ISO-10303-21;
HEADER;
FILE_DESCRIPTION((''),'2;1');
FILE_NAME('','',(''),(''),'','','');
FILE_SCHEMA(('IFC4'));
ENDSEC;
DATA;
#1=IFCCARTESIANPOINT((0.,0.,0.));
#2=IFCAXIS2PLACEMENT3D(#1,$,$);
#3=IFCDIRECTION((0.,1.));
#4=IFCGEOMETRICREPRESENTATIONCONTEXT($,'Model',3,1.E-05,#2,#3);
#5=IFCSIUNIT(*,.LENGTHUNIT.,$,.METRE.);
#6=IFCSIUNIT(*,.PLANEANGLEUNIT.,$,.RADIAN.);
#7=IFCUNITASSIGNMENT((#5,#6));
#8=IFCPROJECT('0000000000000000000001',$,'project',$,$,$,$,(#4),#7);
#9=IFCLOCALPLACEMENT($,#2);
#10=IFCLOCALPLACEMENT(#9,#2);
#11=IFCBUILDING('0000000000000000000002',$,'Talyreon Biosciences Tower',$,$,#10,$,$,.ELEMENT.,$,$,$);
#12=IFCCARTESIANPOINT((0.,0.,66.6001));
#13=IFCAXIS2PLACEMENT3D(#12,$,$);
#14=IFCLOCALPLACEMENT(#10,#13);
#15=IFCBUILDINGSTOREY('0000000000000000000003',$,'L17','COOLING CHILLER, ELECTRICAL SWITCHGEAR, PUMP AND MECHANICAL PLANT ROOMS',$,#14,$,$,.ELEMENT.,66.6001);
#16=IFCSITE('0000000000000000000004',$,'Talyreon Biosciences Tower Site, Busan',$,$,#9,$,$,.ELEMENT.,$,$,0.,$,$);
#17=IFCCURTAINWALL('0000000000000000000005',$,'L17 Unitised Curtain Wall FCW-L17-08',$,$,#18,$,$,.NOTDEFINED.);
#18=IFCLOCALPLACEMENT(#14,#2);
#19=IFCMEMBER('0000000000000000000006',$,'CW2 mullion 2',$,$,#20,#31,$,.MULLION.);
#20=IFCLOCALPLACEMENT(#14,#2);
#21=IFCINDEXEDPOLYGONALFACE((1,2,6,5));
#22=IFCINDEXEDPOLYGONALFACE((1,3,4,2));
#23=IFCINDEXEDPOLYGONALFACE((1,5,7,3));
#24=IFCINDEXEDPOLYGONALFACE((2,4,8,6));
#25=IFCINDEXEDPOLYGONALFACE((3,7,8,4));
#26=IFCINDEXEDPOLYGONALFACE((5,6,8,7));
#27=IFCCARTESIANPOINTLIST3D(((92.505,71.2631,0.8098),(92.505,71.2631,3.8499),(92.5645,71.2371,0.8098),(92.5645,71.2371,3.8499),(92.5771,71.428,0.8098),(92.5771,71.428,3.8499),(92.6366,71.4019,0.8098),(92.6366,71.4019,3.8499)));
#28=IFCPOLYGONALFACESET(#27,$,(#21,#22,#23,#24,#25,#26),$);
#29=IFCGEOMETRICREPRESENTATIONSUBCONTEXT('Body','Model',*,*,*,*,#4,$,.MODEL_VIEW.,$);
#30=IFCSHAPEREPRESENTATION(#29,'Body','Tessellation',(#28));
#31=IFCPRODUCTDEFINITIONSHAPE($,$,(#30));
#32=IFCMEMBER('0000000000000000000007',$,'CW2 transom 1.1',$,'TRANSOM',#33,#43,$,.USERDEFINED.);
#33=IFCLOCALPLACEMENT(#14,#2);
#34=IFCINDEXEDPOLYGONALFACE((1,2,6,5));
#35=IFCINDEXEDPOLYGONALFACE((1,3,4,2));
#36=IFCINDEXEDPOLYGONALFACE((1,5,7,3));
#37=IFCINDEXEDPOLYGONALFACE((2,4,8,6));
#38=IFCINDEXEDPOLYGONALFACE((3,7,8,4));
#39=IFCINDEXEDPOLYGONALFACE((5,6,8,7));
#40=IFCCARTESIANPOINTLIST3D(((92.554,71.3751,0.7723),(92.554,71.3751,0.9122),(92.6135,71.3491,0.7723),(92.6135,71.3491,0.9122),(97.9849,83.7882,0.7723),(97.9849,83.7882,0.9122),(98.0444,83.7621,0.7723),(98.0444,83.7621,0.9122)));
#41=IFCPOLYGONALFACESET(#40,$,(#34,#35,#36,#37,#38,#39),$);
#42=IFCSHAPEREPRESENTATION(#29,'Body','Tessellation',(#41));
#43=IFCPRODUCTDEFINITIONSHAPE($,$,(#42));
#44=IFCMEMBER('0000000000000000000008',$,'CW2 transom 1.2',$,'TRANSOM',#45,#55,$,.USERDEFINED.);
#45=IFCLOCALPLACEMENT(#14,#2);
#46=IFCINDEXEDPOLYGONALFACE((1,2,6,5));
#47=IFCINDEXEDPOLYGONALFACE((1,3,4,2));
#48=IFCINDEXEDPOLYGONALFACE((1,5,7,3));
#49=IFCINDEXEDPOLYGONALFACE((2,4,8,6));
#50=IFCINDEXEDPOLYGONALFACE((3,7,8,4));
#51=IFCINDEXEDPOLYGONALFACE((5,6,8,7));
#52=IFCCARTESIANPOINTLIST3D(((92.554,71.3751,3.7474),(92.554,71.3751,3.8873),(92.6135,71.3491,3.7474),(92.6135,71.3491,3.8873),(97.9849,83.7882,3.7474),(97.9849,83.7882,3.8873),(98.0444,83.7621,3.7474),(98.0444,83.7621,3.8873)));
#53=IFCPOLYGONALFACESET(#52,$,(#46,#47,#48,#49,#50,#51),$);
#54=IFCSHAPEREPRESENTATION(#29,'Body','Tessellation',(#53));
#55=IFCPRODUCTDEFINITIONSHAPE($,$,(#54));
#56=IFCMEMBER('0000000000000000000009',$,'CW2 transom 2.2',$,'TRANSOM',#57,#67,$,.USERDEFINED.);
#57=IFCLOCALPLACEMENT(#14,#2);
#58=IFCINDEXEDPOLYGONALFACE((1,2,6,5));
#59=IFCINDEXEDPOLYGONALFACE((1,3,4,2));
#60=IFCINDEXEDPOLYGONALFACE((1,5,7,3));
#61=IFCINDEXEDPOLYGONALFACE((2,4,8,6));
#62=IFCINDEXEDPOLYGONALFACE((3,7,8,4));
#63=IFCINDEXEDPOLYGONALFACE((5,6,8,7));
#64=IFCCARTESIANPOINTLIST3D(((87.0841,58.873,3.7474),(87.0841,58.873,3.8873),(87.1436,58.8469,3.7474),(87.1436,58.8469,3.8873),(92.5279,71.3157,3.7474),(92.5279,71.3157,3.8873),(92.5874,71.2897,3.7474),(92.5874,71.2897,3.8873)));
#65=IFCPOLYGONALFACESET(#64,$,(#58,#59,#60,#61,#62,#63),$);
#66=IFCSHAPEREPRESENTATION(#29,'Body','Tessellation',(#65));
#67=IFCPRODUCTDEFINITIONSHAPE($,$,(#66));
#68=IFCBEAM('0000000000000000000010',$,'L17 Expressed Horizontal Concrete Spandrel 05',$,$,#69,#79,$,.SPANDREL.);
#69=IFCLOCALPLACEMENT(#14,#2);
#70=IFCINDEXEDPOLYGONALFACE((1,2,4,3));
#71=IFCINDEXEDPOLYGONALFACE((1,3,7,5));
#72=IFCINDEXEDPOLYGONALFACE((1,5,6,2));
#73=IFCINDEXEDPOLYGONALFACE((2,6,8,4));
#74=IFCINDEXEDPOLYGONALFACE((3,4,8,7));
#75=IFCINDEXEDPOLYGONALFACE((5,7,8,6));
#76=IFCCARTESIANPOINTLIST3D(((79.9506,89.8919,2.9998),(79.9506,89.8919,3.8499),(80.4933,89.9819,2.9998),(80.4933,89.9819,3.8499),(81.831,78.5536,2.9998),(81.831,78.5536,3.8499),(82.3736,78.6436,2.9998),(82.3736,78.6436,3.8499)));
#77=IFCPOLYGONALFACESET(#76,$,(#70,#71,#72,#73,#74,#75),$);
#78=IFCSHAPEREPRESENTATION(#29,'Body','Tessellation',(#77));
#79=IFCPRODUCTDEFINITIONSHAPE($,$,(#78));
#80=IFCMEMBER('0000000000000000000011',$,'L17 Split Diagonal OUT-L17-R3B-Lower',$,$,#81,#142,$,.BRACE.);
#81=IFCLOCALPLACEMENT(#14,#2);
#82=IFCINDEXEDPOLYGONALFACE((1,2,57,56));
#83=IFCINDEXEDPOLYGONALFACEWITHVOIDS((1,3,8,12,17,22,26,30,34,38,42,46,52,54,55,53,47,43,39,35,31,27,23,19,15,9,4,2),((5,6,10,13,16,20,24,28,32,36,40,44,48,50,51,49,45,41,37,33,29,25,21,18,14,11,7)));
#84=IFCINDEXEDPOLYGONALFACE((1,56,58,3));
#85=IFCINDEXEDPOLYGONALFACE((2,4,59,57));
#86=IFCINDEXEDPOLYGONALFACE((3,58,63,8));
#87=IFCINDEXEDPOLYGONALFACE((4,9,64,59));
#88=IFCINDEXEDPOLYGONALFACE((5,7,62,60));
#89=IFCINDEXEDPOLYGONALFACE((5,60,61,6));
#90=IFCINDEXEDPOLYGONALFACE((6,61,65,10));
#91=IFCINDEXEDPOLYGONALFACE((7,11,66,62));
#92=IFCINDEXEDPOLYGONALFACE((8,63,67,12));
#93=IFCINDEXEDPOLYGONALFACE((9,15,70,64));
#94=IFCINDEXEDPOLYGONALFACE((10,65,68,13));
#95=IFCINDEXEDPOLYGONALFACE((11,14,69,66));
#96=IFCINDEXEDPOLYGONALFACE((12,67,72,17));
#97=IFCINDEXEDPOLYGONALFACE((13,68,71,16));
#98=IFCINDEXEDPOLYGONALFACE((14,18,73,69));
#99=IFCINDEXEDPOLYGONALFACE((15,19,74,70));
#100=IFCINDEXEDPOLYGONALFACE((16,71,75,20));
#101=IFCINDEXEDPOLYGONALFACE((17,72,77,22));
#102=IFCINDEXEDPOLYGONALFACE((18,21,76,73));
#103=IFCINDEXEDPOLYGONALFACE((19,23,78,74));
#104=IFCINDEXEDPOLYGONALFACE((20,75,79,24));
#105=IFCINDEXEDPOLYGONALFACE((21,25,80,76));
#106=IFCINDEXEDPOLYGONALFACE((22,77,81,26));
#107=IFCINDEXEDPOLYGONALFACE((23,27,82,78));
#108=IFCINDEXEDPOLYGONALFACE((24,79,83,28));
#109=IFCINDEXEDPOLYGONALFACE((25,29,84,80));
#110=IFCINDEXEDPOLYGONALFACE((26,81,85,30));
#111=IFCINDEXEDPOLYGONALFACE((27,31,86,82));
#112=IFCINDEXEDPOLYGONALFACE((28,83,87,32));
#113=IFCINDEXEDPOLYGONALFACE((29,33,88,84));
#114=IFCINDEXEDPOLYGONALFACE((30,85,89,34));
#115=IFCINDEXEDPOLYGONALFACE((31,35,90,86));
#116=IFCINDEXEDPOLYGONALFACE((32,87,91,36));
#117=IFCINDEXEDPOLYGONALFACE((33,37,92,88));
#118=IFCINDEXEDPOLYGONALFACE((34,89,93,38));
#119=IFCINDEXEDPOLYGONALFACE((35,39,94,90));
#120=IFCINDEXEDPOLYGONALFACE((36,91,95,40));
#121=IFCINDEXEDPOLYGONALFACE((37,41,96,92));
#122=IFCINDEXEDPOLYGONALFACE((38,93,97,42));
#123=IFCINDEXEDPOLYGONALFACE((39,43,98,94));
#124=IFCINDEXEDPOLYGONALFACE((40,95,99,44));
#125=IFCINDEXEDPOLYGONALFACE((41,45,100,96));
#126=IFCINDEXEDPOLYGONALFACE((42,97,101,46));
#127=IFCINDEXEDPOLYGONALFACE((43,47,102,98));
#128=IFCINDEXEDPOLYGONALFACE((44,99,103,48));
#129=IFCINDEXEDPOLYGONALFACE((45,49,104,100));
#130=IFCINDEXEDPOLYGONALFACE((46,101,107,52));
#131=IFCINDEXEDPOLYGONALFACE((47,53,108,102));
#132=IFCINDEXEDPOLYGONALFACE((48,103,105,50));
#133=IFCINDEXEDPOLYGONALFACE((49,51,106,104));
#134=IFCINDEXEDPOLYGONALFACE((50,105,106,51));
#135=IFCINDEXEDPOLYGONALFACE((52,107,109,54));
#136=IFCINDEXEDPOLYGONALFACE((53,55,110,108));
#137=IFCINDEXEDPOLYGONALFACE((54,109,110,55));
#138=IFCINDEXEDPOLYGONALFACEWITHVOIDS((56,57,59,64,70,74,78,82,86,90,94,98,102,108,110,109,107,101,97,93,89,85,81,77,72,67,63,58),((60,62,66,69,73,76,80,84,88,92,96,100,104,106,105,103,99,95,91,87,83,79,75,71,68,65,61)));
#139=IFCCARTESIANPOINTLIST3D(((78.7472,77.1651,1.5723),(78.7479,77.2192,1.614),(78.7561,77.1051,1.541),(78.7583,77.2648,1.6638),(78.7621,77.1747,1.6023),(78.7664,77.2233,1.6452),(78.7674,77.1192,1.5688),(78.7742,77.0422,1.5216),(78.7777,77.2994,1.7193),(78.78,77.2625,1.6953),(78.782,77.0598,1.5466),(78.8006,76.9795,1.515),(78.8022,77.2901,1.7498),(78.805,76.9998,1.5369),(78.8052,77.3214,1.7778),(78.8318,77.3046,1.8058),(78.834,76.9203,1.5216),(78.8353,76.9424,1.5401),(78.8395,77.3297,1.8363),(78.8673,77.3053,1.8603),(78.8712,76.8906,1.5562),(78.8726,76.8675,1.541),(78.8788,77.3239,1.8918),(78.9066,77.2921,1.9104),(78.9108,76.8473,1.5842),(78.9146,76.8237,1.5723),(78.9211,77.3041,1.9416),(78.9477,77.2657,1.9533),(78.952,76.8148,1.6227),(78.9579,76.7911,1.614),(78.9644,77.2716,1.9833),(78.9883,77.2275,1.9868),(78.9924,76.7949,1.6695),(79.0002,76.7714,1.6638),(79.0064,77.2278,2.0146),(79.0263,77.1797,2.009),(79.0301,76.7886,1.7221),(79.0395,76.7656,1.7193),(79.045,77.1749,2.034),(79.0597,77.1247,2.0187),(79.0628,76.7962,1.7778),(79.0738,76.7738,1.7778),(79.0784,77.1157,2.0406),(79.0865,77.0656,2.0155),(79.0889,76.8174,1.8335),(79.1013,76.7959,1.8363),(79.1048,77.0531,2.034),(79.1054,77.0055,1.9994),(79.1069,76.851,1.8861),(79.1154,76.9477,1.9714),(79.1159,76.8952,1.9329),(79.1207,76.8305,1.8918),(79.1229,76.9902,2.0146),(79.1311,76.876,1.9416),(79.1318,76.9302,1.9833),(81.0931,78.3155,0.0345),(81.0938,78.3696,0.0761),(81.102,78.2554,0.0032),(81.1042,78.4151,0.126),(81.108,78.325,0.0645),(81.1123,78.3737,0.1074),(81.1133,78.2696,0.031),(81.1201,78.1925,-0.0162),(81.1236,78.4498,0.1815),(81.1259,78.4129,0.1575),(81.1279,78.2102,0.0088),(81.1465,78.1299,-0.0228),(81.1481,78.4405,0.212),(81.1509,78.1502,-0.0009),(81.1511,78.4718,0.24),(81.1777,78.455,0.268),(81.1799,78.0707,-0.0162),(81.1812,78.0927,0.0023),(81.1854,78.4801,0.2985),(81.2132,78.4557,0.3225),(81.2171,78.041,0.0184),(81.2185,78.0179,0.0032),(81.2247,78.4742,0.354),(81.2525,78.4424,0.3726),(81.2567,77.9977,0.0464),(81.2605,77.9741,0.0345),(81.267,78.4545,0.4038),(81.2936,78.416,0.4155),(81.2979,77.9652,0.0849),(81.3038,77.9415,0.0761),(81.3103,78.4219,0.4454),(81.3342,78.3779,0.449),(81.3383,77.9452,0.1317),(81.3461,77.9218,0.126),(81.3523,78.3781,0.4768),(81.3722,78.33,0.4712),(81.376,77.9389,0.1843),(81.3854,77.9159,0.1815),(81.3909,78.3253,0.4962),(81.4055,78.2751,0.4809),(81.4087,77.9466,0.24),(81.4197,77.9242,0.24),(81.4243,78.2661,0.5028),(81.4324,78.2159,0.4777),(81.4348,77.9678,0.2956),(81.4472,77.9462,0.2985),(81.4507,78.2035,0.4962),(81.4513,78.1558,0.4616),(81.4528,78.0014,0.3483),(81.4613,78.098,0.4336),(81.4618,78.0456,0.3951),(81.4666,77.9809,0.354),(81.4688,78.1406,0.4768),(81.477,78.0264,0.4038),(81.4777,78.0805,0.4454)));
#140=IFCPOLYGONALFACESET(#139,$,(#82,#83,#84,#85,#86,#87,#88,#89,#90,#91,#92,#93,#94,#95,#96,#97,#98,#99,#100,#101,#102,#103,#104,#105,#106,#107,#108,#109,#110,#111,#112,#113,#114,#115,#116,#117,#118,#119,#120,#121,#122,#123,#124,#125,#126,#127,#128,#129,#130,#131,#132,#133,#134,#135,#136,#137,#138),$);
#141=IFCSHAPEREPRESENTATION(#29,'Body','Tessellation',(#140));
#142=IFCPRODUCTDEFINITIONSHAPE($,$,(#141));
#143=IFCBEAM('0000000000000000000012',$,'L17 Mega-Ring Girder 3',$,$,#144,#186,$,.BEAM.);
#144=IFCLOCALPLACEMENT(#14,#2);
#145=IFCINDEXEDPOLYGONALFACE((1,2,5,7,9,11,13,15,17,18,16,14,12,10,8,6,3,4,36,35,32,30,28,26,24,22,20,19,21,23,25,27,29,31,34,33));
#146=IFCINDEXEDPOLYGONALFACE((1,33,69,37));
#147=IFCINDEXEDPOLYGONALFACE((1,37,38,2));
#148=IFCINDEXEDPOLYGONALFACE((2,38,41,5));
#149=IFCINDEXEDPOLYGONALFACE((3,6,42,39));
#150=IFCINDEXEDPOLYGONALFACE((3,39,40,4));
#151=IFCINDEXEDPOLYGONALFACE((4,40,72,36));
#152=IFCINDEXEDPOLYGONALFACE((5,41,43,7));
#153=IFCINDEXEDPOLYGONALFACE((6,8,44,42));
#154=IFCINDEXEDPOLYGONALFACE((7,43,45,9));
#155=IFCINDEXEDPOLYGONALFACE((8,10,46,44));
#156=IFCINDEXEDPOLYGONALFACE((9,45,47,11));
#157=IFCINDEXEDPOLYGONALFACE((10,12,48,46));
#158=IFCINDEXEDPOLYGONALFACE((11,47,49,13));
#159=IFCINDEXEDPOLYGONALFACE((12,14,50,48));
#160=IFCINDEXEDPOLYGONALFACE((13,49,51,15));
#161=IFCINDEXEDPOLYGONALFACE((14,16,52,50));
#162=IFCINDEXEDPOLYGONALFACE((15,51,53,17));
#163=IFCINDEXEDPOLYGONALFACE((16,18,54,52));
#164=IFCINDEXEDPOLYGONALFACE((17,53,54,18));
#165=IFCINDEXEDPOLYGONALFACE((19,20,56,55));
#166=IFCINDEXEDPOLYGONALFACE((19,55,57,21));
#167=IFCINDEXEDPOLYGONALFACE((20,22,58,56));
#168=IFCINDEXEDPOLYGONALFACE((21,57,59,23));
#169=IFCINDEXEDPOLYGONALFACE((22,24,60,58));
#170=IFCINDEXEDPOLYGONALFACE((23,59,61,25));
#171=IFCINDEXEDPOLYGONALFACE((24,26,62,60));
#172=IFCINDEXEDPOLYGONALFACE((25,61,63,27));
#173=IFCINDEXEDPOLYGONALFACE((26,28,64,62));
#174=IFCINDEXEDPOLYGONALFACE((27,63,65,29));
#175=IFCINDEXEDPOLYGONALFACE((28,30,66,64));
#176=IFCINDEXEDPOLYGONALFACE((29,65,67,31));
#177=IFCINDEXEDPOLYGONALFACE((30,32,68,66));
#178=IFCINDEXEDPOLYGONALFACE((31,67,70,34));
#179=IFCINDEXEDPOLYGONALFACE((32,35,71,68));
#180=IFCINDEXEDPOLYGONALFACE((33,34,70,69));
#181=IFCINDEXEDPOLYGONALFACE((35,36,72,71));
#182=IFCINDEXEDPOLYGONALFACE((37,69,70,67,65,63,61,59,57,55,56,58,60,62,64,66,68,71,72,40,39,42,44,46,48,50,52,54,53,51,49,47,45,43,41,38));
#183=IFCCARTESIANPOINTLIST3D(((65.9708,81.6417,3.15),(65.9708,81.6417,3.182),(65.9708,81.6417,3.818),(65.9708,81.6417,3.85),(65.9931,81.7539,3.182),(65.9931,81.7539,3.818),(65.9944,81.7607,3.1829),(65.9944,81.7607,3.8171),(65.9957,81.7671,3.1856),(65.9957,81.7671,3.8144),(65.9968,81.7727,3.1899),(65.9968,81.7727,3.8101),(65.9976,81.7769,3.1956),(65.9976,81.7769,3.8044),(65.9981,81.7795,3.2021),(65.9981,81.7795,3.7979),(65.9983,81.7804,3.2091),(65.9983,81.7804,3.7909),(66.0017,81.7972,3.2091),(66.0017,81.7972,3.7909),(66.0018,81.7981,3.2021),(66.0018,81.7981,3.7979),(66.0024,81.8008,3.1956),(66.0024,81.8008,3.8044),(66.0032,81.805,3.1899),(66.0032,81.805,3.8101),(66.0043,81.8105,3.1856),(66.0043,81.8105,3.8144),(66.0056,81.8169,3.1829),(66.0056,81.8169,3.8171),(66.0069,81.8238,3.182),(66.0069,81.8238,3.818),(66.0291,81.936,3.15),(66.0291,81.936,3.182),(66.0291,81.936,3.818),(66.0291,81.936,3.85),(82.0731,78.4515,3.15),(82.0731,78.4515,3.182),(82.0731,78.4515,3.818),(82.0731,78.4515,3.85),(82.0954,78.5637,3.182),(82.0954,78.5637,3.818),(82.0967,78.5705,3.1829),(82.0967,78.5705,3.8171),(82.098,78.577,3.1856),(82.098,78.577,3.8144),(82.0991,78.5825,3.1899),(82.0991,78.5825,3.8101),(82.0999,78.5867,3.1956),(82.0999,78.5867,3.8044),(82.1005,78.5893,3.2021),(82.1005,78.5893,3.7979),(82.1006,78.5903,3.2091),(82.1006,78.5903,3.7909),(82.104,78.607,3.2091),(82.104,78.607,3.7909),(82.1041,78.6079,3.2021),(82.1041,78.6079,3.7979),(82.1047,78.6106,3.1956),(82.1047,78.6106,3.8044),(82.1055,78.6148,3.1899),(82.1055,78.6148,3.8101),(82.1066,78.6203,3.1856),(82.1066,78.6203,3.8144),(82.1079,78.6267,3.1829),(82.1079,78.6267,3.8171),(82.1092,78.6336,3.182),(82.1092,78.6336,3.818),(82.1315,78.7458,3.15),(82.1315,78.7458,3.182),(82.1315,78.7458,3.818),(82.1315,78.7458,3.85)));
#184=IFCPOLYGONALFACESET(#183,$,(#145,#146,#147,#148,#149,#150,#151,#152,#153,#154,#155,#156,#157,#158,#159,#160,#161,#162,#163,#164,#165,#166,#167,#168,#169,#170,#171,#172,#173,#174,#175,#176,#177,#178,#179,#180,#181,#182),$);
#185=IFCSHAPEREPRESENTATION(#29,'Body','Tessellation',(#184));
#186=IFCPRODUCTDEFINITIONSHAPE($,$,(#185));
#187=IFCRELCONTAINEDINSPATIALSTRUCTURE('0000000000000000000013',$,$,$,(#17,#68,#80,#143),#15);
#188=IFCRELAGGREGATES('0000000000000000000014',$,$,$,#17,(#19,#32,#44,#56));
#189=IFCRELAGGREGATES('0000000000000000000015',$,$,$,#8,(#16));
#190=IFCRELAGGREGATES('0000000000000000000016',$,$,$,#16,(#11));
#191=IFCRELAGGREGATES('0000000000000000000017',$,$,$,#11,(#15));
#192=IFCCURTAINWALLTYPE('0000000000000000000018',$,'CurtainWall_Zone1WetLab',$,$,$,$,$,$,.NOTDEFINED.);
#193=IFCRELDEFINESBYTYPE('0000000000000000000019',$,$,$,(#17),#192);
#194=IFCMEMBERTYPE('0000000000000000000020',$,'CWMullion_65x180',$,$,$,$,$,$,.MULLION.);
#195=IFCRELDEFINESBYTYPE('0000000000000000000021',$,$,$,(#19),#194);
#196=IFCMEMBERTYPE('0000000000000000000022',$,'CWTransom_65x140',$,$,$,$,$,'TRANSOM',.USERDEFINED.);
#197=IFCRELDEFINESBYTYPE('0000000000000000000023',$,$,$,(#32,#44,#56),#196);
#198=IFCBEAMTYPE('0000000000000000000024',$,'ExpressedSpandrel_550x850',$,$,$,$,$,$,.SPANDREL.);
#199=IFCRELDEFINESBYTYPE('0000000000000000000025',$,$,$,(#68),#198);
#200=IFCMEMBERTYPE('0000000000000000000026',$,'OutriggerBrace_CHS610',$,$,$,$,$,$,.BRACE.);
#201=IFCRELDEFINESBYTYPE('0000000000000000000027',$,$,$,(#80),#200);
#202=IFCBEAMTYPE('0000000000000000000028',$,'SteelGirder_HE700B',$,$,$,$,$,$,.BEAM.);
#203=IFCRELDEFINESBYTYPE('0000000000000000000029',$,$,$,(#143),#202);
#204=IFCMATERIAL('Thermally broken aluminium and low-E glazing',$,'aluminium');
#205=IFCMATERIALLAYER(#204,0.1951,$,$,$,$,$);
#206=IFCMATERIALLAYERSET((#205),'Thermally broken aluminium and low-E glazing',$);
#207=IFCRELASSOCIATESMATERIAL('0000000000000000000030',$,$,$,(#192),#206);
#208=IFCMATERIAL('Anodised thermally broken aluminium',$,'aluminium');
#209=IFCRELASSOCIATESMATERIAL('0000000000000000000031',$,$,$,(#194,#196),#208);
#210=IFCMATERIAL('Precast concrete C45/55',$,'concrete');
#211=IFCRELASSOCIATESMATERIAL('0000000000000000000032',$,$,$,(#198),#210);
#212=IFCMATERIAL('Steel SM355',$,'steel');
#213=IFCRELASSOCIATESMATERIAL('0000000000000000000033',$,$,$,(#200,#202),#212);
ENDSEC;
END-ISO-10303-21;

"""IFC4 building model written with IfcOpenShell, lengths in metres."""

from ifc_helpers import new_model, si_unit, direction, frame, origin, origin_2d, place, context, subcontext, project, spatial, rectangle, hollow_circle, i_section, extrude, material, layer, layer_set, material_profile, profile_set, type_object, element, aggregate, save


model = new_model("IFC4")

# Units and contexts
model_context = context("Model", 3, precision=1e-05, world=origin(), true_north=direction((0.0, 1.0)))
body_context = subcontext(model_context, "Body", "Model", "MODEL_VIEW")
ifc_project = project(units=[si_unit("LENGTHUNIT", "METRE"), si_unit("PLANEANGLEUNIT", "RADIAN")], contexts=[model_context])

# Site, building, storey
site_placement = place(None, origin())
site = spatial("IfcSite", under=ifc_project, at=site_placement, Name="Talyreon Biosciences Tower Site, Busan", CompositionType="ELEMENT", RefElevation=0.0)
building_placement = place(site_placement, origin())
building = spatial("IfcBuilding", under=site, at=building_placement, Name="Talyreon Biosciences Tower", CompositionType="ELEMENT")
storey_placement = place(building_placement, frame((0.0, 0.0, 66.6001)))
storey = spatial("IfcBuildingStorey", under=building, at=storey_placement, Name="L17", Description="COOLING CHILLER, ELECTRICAL SWITCHGEAR, PUMP AND MECHANICAL PLANT ROOMS", CompositionType="ELEMENT", Elevation=66.6001)

# Shared definitions
ifc_material_1 = material(Name="Steel SM355", Category="steel")

# Shared definitions
ifc_material_2 = material(Name="Thermally broken aluminium and low-E glazing", Category="aluminium")
ifc_layer_1 = layer(ifc_material_2, 0.1951)
ifc_layer_set_1 = layer_set([ifc_layer_1], Name="Thermally broken aluminium and low-E glazing")
curtain_wall_type = type_object("IfcCurtainWallType", Name="CurtainWall_Zone1WetLab", PredefinedType="NOTDEFINED", material=ifc_layer_set_1)
ifc_material_3 = material(Name="Anodised thermally broken aluminium", Category="aluminium")
ifc_material_profile_1 = material_profile(ifc_material_3, rectangle(XDim=0.0649, YDim=0.1799, at=origin_2d()), Name="ALUM MULLION 65x180")
ifc_profile_set_1 = profile_set([ifc_material_profile_1], Name="Anodised thermally broken aluminium")
member_type_1 = type_object("IfcMemberType", Name="CWMullion_65x180", PredefinedType="MULLION", material=ifc_profile_set_1)

# Curtain wall, members
curtain_wall_1_placement = place(storey_placement, origin())
curtain_wall_1 = element("IfcCurtainWall", 1, at=curtain_wall_1_placement, inside=storey, type_object=curtain_wall_type, Name="L17 Unitised Curtain Wall FCW-L17-08", PredefinedType="NOTDEFINED")
member_1_placement = place(storey_placement, frame((92.5708, 71.3325, 0.8098), z_axis=(0.0, 0.0, 1.0), x_axis=(0.916152, -0.400831, 0.0)))
member_1 = element("IfcMember", 2, at=member_1_placement, type_object=member_type_1, Name="CW2 mullion 2", PredefinedType="MULLION", context=body_context, shape_type="SweptSolid", body=[
    extrude(rectangle(XDim=0.0649, YDim=0.1799, at=origin_2d()), origin(), (0.0, 0.0, 1.0), 3.04),
])
ifc_material_profile_2 = material_profile(ifc_material_3, rectangle(XDim=0.0649, YDim=0.1399, at=origin_2d()), Name="ALUM TRANSOM 65x140")
ifc_profile_set_2 = profile_set([ifc_material_profile_2], Name="Anodised thermally broken aluminium")
member_type_2 = type_object("IfcMemberType", Name="CWTransom_65x140", ElementType="TRANSOM", PredefinedType="USERDEFINED", material=ifc_profile_set_2)
member_2_placement = place(storey_placement, frame((98.0146, 83.7751, 0.8423), z_axis=(-0.40083, -0.916152, 0.0), x_axis=(0.916152, -0.40083, 0.0)))
member_2 = element("IfcMember", 3, at=member_2_placement, type_object=member_type_2, Name="CW2 transom 1.1", ObjectType="TRANSOM", PredefinedType="USERDEFINED", context=body_context, shape_type="SweptSolid", body=[
    extrude(rectangle(XDim=0.0649, YDim=0.1399, at=origin_2d()), origin(), (0.0, 0.0, 1.0), 13.5491),
])
member_3_placement = place(storey_placement, frame((98.0146, 83.7751, 3.8174), z_axis=(-0.40083, -0.916152, 0.0), x_axis=(0.916152, -0.40083, 0.0)))
member_3 = element("IfcMember", 4, at=member_3_placement, type_object=member_type_2, Name="CW2 transom 1.2", ObjectType="TRANSOM", PredefinedType="USERDEFINED", context=body_context, shape_type="SweptSolid", body=[
    extrude(rectangle(XDim=0.0649, YDim=0.1399, at=origin_2d()), origin(), (0.0, 0.0, 1.0), 13.5491),
])
member_4_placement = place(storey_placement, frame((92.5576, 71.3027, 3.8174), z_axis=(-0.400824, -0.916155, 0.0), x_axis=(0.916155, -0.400824, 0.0)))
member_4 = element("IfcMember", 5, at=member_4_placement, type_object=member_type_2, Name="CW2 transom 2.2", ObjectType="TRANSOM", PredefinedType="USERDEFINED", context=body_context, shape_type="SweptSolid", body=[
    extrude(rectangle(XDim=0.0649, YDim=0.1399, at=origin_2d()), origin(), (0.0, 0.0, 1.0), 13.5815),
])

# Beam
ifc_material_4 = material(Name="Precast concrete C45/55", Category="concrete")
ifc_material_profile_3 = material_profile(ifc_material_4, rectangle(XDim=0.55, YDim=0.8501, at=origin_2d()), Name="RCB 550x850")
ifc_profile_set_3 = profile_set([ifc_material_profile_3], Name="Precast concrete C45/55")
beam_type_1 = type_object("IfcBeamType", Name="ExpressedSpandrel_550x850", PredefinedType="SPANDREL", material=ifc_profile_set_3)
beam_1_placement = place(storey_placement, frame((82.1023, 78.5986, 3.4248), z_axis=(-0.163607, 0.986526, 0.0), x_axis=(-0.986526, -0.163607, 0.0)))
element("IfcBeam", 6, at=beam_1_placement, inside=storey, type_object=beam_type_1, Name="L17 Expressed Horizontal Concrete Spandrel 05", PredefinedType="SPANDREL", context=body_context, shape_type="SweptSolid", body=[
    extrude(rectangle(XDim=0.55, YDim=0.8501, at=origin_2d()), origin(), (0.0, 0.0, 1.0), 11.4932),
])

# Member
ifc_material_profile_4 = material_profile(ifc_material_1, hollow_circle(Radius=0.3049, WallThickness=0.0249, at=origin_2d()), Name="CHS 610x25")
ifc_profile_set_4 = profile_set([ifc_material_profile_4], Name="Steel SM355")
member_type_3 = type_object("IfcMemberType", Name="OutriggerBrace_CHS610", PredefinedType="BRACE", material=ifc_profile_set_4)
member_5_placement = place(storey_placement, frame((81.2854, 78.198, 0.24), z_axis=(-0.77378, -0.379441, 0.507237), x_axis=(0.440286, -0.897858, 0.0)))
element("IfcMember", 7, at=member_5_placement, inside=storey, type_object=member_type_3, Name="L17 Split Diagonal OUT-L17-R3B-Lower", PredefinedType="BRACE", context=body_context, shape_type="SweptSolid", body=[
    extrude(hollow_circle(Radius=0.3049, WallThickness=0.0249, at=origin_2d()), origin(), (0.0, 0.0, 1.0), 3.0317),
])

# Beam
ifc_material_profile_5 = material_profile(ifc_material_1, i_section(OverallWidth=0.3, OverallDepth=0.7, WebThickness=0.0171, FlangeThickness=0.032, FilletRadius=0.0271, at=origin_2d()), Name="HE700B")
ifc_profile_set_5 = profile_set([ifc_material_profile_5], Name="Steel SM355")
beam_type_2 = type_object("IfcBeamType", Name="SteelGirder_HE700B", PredefinedType="BEAM", material=ifc_profile_set_5)
beam_2_placement = place(storey_placement, frame((82.1023, 78.5986, 3.5), z_axis=(-0.980934, 0.194343, 0.0), x_axis=(-0.194343, -0.980934, 0.0)))
element("IfcBeam", 8, at=beam_2_placement, inside=storey, type_object=beam_type_2, Name="L17 Mega-Ring Girder 3", PredefinedType="BEAM", context=body_context, shape_type="SweptSolid", body=[
    extrude(i_section(OverallWidth=0.3, OverallDepth=0.7, WebThickness=0.0171, FlangeThickness=0.032, FilletRadius=0.0271, at=origin_2d()), origin(), (0.0, 0.0, 1.0), 16.4153),
])

aggregate(curtain_wall_1, [member_1, member_2, member_3, member_4])

save(model, "model.ifc")
